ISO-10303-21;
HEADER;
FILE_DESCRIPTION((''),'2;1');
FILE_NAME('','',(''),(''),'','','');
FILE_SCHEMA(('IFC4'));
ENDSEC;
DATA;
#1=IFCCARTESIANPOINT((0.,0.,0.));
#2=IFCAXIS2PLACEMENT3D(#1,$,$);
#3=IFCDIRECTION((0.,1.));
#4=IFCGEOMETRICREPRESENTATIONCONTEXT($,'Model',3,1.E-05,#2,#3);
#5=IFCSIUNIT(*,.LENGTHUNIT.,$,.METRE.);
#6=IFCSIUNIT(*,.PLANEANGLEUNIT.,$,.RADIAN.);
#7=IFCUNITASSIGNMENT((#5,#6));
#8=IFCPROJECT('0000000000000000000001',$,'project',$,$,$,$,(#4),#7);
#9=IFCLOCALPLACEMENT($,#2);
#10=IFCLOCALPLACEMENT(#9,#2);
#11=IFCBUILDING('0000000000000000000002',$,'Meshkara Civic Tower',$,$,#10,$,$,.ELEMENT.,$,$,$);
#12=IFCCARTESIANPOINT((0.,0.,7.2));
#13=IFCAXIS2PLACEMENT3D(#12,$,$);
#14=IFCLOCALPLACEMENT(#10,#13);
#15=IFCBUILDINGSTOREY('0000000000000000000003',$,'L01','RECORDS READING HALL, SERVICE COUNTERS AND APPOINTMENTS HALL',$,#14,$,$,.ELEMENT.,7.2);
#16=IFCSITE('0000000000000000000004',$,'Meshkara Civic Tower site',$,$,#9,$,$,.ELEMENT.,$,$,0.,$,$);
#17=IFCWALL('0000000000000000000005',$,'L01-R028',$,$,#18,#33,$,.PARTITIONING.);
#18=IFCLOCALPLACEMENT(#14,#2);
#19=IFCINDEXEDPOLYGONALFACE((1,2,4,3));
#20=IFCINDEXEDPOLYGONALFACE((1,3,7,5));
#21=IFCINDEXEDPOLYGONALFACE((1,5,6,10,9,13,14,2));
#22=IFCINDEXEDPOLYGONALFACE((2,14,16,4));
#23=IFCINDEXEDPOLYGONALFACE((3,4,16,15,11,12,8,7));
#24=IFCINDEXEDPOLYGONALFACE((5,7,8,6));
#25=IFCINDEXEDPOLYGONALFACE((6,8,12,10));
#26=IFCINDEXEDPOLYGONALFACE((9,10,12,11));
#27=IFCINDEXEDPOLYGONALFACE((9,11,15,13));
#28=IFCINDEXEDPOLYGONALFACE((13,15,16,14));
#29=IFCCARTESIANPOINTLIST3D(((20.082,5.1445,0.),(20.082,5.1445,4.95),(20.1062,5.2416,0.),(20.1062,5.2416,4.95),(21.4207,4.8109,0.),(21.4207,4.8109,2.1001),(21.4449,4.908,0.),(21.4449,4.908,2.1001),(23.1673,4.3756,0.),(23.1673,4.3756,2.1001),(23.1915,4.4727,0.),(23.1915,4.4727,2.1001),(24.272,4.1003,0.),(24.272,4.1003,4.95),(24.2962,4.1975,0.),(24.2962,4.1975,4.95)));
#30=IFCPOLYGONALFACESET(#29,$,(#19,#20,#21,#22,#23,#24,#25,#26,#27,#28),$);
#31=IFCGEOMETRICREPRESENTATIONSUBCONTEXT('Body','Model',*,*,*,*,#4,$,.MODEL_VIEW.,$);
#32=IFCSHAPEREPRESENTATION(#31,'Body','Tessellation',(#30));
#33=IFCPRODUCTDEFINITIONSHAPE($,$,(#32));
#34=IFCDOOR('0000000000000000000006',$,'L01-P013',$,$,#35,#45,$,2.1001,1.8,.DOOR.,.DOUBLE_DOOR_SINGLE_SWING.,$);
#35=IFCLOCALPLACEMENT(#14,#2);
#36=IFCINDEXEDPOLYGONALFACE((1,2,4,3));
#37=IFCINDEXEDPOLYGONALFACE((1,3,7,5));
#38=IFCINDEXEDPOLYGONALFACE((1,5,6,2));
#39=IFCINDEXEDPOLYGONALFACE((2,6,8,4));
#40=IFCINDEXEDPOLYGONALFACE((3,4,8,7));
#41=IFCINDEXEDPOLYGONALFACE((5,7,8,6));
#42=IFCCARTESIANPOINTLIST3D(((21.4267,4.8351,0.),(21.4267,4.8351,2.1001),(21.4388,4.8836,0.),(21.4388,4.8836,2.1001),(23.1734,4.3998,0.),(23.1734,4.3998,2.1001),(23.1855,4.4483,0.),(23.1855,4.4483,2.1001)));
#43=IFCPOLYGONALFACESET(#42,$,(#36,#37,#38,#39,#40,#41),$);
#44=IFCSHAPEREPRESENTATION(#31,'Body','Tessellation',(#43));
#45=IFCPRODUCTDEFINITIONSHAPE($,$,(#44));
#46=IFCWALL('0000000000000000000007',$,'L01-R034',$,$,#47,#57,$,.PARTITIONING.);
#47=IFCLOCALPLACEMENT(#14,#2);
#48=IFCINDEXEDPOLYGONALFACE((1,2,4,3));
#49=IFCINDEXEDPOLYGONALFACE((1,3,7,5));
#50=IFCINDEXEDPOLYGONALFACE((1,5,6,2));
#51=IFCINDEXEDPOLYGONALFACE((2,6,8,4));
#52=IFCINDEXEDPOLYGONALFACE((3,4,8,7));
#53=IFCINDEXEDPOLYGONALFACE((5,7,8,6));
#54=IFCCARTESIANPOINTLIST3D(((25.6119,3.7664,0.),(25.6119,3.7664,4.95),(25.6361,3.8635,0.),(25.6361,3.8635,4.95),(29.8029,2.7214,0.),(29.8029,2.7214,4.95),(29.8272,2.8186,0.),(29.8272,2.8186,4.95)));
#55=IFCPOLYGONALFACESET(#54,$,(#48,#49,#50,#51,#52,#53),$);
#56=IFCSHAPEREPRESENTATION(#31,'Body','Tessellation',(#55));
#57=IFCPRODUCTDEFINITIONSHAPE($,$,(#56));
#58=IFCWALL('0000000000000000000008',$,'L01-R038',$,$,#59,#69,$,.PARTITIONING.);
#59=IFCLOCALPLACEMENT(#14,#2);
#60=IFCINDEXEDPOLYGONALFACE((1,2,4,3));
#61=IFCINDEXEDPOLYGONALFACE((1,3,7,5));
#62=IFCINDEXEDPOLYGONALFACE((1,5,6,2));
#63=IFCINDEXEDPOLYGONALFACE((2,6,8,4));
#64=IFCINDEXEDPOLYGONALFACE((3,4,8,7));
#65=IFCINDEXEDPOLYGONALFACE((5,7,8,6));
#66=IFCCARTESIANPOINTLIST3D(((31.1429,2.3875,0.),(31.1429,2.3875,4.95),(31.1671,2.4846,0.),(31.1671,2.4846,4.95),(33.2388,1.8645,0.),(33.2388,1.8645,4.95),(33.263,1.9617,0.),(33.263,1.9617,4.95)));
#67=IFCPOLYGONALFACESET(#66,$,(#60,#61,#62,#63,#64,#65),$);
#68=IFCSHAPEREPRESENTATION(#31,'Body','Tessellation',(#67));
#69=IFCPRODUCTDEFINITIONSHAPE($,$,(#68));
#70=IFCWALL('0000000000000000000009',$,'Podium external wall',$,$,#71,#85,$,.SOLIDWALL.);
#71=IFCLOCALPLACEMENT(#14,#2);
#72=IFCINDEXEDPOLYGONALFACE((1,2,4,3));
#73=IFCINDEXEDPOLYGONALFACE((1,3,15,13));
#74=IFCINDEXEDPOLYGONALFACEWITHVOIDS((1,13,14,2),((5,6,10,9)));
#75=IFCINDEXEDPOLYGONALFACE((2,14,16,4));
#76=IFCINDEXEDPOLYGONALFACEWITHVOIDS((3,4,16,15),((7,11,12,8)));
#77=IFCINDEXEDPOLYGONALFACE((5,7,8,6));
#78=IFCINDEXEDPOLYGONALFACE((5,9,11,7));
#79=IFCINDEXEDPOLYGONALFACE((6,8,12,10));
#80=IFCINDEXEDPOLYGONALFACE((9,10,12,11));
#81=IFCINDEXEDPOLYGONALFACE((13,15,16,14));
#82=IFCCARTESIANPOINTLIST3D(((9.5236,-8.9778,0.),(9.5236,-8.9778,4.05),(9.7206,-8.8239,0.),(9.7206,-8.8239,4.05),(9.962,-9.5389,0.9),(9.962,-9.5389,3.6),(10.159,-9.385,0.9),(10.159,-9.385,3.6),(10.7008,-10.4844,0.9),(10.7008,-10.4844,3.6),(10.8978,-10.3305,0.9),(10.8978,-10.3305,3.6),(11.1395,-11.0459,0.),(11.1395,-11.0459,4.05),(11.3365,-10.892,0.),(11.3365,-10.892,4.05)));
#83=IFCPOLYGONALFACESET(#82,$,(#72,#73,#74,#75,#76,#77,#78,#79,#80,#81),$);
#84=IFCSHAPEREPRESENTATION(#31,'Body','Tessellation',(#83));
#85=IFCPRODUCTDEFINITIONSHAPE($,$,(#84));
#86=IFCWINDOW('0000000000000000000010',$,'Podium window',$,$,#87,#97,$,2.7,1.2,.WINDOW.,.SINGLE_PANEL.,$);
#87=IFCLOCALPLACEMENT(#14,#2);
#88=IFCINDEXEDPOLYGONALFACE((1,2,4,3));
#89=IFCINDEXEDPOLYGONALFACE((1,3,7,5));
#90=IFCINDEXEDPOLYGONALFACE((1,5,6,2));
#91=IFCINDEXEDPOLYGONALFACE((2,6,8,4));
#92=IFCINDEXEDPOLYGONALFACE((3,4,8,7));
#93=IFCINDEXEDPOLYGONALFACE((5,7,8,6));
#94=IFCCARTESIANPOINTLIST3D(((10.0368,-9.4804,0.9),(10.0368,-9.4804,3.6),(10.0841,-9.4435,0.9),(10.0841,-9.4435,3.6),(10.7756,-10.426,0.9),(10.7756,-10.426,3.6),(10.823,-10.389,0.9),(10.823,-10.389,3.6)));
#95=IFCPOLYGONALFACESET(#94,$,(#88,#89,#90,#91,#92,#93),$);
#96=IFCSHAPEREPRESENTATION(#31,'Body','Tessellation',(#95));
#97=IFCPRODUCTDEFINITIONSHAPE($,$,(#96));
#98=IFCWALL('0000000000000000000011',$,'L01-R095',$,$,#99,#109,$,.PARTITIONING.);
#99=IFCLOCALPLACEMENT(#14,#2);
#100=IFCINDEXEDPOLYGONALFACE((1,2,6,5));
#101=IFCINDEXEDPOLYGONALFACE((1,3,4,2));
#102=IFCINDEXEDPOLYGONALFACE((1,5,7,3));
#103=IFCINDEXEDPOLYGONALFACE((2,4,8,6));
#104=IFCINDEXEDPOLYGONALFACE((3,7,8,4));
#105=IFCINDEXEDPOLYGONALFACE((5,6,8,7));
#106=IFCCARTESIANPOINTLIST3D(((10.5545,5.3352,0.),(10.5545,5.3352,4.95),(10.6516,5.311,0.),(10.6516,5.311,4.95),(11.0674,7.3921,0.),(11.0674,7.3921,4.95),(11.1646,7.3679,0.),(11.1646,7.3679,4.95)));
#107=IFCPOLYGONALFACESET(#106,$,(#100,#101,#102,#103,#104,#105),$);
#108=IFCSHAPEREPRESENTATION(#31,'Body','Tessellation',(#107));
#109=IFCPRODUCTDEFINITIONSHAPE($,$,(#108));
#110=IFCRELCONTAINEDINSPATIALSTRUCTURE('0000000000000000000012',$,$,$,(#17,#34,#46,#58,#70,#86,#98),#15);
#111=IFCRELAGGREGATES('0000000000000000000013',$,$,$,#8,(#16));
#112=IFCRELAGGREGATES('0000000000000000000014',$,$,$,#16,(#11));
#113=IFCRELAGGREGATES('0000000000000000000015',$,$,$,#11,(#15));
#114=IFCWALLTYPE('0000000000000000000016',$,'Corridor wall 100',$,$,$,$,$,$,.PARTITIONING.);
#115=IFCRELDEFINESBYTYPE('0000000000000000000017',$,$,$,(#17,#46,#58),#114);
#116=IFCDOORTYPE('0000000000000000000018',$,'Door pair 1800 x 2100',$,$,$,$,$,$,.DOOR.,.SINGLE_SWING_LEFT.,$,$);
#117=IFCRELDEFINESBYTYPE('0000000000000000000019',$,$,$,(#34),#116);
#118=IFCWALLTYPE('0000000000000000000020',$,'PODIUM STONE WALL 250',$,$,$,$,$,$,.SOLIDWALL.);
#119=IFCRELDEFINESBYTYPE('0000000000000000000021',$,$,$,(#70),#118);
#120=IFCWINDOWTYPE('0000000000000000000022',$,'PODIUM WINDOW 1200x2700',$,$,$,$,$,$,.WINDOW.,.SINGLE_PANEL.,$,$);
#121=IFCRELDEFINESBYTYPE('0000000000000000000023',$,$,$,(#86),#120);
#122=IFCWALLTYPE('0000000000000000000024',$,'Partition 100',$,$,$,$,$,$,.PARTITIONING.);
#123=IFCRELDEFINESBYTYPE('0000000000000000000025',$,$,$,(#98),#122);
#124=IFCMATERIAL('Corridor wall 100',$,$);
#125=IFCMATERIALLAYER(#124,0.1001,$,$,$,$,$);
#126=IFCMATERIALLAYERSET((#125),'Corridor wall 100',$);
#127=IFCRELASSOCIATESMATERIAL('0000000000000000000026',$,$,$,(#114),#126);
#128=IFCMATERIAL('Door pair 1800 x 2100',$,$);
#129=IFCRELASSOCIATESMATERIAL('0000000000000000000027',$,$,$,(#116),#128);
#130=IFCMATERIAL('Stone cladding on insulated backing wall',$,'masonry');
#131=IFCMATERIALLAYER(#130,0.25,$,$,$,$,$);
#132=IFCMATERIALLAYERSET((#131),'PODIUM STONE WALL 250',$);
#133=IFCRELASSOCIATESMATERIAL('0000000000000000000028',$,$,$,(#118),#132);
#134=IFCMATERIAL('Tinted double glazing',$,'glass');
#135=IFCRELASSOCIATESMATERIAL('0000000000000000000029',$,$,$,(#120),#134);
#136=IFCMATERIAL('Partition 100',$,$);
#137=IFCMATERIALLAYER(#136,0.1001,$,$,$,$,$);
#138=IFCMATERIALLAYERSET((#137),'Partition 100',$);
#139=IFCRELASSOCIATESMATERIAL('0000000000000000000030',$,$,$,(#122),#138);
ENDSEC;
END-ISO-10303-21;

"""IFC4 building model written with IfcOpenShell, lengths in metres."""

from ifc_helpers import new_model, si_unit, direction, frame, frame_2d, origin, place, context, subcontext, project, spatial, rectangle, extrude, material, layer, layer_set, type_object, element, fill, save


model = new_model("IFC4")

# Units and contexts
model_context = context("Model", 3, precision=1e-05, world=origin(), true_north=direction((0.0, 1.0)))
body_context = subcontext(model_context, "Body", "Model", "MODEL_VIEW")
ifc_project = project(units=[si_unit("LENGTHUNIT", "METRE"), si_unit("PLANEANGLEUNIT", "RADIAN")], contexts=[model_context])

# Site, building, storey
site_placement = place(None, origin())
site = spatial("IfcSite", under=ifc_project, at=site_placement, Name="Meshkara Civic Tower site", CompositionType="ELEMENT", RefElevation=0.0)
building_placement = place(site_placement, origin())
building = spatial("IfcBuilding", under=site, at=building_placement, Name="Meshkara Civic Tower", CompositionType="ELEMENT")
storey_placement = place(building_placement, frame((0.0, 0.0, 7.2)))
storey = spatial("IfcBuildingStorey", under=building, at=storey_placement, Name="L01", Description="RECORDS READING HALL, SERVICE COUNTERS AND APPOINTMENTS HALL", CompositionType="ELEMENT", Elevation=7.2)

# Wall, opening, door
ifc_material_1 = material(Name="Corridor wall 100")
ifc_layer_1 = layer(ifc_material_1, 0.1001)
ifc_layer_set_1 = layer_set([ifc_layer_1], Name="Corridor wall 100")
wall_type_1 = type_object("IfcWallType", Name="Corridor wall 100", PredefinedType="PARTITIONING", material=ifc_layer_set_1)
wall_1_placement = place(storey_placement, frame((20.094, 5.1931, 0.0), z_axis=(0.0, 0.0, 1.0), x_axis=(0.970322, -0.241817, 0.0)))
wall_1 = element("IfcWall", 1, at=wall_1_placement, inside=storey, type_object=wall_type_1, Name="L01-R028", PredefinedType="PARTITIONING", context=body_context, shape_type="SweptSolid", body=[
    extrude(rectangle(XDim=4.3181, YDim=0.1001, at=frame_2d((2.1592, 0.0))), origin(), (0.0, 0.0, 1.0), 4.95),
])
opening_1_placement = place(wall_1_placement, frame((1.3799, 0.0, 0.0)))
opening_1 = element("IfcOpeningElement", 2, at=opening_1_placement, cuts=wall_1, PredefinedType="OPENING", context=body_context, shape_type="SweptSolid", body=[
    extrude(rectangle(XDim=1.8, YDim=2.1001, at=frame_2d((0.8999, 1.05))), frame((0.0, 0.0601, 0.0), z_axis=(0.0, -1.0, 0.0), x_axis=(1.0, 0.0, 0.0)), (0.0, 0.0, 1.0), 0.1201),
])
ifc_material_2 = material(Name="Door pair 1800 x 2100")
door_type_1 = type_object("IfcDoorType", Name="Door pair 1800 x 2100", OperationType="SINGLE_SWING_LEFT", PredefinedType="DOOR", material=ifc_material_2)
door_1_placement = place(opening_1_placement, origin())
door_1 = element("IfcDoor", 3, at=door_1_placement, inside=storey, type_object=door_type_1, Name="L01-P013", OperationType="DOUBLE_DOOR_SINGLE_SWING", OverallHeight=2.1001, OverallWidth=1.8, PredefinedType="DOOR", context=body_context, shape_type="SweptSolid", body=[
    extrude(rectangle(XDim=1.8, YDim=2.1001, at=frame_2d((0.8999, 1.05))), frame((0.0, 0.0249, 0.0), z_axis=(0.0, -1.0, 0.0), x_axis=(1.0, 0.0, 0.0)), (0.0, 0.0, 1.0), 0.05),
])
fill(opening_1, door_1)

# Walls
wall_2_placement = place(storey_placement, frame((25.624, 3.8149, 0.0), z_axis=(0.0, 0.0, 1.0), x_axis=(0.970295, -0.241924, 0.0)))
element("IfcWall", 4, at=wall_2_placement, inside=storey, type_object=wall_type_1, Name="L01-R034", PredefinedType="PARTITIONING", context=body_context, shape_type="SweptSolid", body=[
    extrude(rectangle(XDim=4.3193, YDim=0.1001, at=frame_2d((2.1597, 0.0))), origin(), (0.0, 0.0, 1.0), 4.95),
])
wall_3_placement = place(storey_placement, frame((31.155, 2.436, 0.0), z_axis=(0.0, 0.0, 1.0), x_axis=(0.970255, -0.242084, 0.0)))
element("IfcWall", 5, at=wall_3_placement, inside=storey, type_object=wall_type_1, Name="L01-R038", PredefinedType="PARTITIONING", context=body_context, shape_type="SweptSolid", body=[
    extrude(rectangle(XDim=2.1602, YDim=0.1001, at=frame_2d((1.0801, 0.0))), origin(), (0.0, 0.0, 1.0), 4.95),
])

# Wall, opening, window
ifc_material_3 = material(Name="Stone cladding on insulated backing wall", Category="masonry")
ifc_layer_2 = layer(ifc_material_3, 0.25)
ifc_layer_set_2 = layer_set([ifc_layer_2], Name="PODIUM STONE WALL 250")
wall_type_2 = type_object("IfcWallType", Name="PODIUM STONE WALL 250", PredefinedType="SOLIDWALL", material=ifc_layer_set_2)
wall_4_placement = place(storey_placement, frame((9.6221, -8.9009, 0.0), z_axis=(0.0, 0.0, 1.0), x_axis=(0.615704, -0.787978, 0.0)))
wall_4 = element("IfcWall", 6, at=wall_4_placement, inside=storey, type_object=wall_type_2, Name="Podium external wall", PredefinedType="SOLIDWALL", context=body_context, shape_type="SweptSolid", body=[
    extrude(rectangle(XDim=2.6245, YDim=0.25, at=frame_2d((1.3123, 0.0))), origin(), (0.0, 0.0, 1.0), 4.05),
])
opening_2_placement = place(wall_4_placement, frame((0.7119, 0.0, 0.8999)))
opening_2 = element("IfcOpeningElement", 7, at=opening_2_placement, cuts=wall_4, PredefinedType="OPENING", context=body_context, shape_type="SweptSolid", body=[
    extrude(rectangle(XDim=1.2, YDim=2.7, at=frame_2d((0.6001, 1.3501))), frame((0.0, 0.135, 0.0), z_axis=(0.0, -1.0, 0.0), x_axis=(1.0, 0.0, 0.0)), (0.0, 0.0, 1.0), 0.27),
])
ifc_material_4 = material(Name="Tinted double glazing", Category="glass")
window_type = type_object("IfcWindowType", Name="PODIUM WINDOW 1200x2700", PartitioningType="SINGLE_PANEL", PredefinedType="WINDOW", material=ifc_material_4)
window_placement = place(opening_2_placement, origin())
window = element("IfcWindow", 8, at=window_placement, inside=storey, type_object=window_type, Name="Podium window", OverallHeight=2.7, OverallWidth=1.2, PartitioningType="SINGLE_PANEL", PredefinedType="WINDOW", context=body_context, shape_type="SweptSolid", body=[
    extrude(rectangle(XDim=1.2, YDim=2.7, at=frame_2d((0.6001, 1.3501))), frame((0.0, 0.03, 0.0), z_axis=(0.0, -1.0, 0.0), x_axis=(1.0, 0.0, 0.0)), (0.0, 0.0, 1.0), 0.0601),
])
fill(opening_2, window)

# Wall
ifc_material_5 = material(Name="Partition 100")
ifc_layer_3 = layer(ifc_material_5, 0.1001)
ifc_layer_set_3 = layer_set([ifc_layer_3], Name="Partition 100")
wall_type_3 = type_object("IfcWallType", Name="Partition 100", PredefinedType="PARTITIONING", material=ifc_layer_set_3)
wall_5_placement = place(storey_placement, frame((10.603, 5.323, 0.0), z_axis=(0.0, 0.0, 1.0), x_axis=(0.241967, 0.970285, 0.0)))
element("IfcWall", 9, at=wall_5_placement, inside=storey, type_object=wall_type_3, Name="L01-R095", PredefinedType="PARTITIONING", context=body_context, shape_type="SweptSolid", body=[
    extrude(rectangle(XDim=2.1199, YDim=0.1001, at=frame_2d((1.0601, 0.0))), origin(), (0.0, 0.0, 1.0), 4.95),
])

save(model, "model.ifc")
